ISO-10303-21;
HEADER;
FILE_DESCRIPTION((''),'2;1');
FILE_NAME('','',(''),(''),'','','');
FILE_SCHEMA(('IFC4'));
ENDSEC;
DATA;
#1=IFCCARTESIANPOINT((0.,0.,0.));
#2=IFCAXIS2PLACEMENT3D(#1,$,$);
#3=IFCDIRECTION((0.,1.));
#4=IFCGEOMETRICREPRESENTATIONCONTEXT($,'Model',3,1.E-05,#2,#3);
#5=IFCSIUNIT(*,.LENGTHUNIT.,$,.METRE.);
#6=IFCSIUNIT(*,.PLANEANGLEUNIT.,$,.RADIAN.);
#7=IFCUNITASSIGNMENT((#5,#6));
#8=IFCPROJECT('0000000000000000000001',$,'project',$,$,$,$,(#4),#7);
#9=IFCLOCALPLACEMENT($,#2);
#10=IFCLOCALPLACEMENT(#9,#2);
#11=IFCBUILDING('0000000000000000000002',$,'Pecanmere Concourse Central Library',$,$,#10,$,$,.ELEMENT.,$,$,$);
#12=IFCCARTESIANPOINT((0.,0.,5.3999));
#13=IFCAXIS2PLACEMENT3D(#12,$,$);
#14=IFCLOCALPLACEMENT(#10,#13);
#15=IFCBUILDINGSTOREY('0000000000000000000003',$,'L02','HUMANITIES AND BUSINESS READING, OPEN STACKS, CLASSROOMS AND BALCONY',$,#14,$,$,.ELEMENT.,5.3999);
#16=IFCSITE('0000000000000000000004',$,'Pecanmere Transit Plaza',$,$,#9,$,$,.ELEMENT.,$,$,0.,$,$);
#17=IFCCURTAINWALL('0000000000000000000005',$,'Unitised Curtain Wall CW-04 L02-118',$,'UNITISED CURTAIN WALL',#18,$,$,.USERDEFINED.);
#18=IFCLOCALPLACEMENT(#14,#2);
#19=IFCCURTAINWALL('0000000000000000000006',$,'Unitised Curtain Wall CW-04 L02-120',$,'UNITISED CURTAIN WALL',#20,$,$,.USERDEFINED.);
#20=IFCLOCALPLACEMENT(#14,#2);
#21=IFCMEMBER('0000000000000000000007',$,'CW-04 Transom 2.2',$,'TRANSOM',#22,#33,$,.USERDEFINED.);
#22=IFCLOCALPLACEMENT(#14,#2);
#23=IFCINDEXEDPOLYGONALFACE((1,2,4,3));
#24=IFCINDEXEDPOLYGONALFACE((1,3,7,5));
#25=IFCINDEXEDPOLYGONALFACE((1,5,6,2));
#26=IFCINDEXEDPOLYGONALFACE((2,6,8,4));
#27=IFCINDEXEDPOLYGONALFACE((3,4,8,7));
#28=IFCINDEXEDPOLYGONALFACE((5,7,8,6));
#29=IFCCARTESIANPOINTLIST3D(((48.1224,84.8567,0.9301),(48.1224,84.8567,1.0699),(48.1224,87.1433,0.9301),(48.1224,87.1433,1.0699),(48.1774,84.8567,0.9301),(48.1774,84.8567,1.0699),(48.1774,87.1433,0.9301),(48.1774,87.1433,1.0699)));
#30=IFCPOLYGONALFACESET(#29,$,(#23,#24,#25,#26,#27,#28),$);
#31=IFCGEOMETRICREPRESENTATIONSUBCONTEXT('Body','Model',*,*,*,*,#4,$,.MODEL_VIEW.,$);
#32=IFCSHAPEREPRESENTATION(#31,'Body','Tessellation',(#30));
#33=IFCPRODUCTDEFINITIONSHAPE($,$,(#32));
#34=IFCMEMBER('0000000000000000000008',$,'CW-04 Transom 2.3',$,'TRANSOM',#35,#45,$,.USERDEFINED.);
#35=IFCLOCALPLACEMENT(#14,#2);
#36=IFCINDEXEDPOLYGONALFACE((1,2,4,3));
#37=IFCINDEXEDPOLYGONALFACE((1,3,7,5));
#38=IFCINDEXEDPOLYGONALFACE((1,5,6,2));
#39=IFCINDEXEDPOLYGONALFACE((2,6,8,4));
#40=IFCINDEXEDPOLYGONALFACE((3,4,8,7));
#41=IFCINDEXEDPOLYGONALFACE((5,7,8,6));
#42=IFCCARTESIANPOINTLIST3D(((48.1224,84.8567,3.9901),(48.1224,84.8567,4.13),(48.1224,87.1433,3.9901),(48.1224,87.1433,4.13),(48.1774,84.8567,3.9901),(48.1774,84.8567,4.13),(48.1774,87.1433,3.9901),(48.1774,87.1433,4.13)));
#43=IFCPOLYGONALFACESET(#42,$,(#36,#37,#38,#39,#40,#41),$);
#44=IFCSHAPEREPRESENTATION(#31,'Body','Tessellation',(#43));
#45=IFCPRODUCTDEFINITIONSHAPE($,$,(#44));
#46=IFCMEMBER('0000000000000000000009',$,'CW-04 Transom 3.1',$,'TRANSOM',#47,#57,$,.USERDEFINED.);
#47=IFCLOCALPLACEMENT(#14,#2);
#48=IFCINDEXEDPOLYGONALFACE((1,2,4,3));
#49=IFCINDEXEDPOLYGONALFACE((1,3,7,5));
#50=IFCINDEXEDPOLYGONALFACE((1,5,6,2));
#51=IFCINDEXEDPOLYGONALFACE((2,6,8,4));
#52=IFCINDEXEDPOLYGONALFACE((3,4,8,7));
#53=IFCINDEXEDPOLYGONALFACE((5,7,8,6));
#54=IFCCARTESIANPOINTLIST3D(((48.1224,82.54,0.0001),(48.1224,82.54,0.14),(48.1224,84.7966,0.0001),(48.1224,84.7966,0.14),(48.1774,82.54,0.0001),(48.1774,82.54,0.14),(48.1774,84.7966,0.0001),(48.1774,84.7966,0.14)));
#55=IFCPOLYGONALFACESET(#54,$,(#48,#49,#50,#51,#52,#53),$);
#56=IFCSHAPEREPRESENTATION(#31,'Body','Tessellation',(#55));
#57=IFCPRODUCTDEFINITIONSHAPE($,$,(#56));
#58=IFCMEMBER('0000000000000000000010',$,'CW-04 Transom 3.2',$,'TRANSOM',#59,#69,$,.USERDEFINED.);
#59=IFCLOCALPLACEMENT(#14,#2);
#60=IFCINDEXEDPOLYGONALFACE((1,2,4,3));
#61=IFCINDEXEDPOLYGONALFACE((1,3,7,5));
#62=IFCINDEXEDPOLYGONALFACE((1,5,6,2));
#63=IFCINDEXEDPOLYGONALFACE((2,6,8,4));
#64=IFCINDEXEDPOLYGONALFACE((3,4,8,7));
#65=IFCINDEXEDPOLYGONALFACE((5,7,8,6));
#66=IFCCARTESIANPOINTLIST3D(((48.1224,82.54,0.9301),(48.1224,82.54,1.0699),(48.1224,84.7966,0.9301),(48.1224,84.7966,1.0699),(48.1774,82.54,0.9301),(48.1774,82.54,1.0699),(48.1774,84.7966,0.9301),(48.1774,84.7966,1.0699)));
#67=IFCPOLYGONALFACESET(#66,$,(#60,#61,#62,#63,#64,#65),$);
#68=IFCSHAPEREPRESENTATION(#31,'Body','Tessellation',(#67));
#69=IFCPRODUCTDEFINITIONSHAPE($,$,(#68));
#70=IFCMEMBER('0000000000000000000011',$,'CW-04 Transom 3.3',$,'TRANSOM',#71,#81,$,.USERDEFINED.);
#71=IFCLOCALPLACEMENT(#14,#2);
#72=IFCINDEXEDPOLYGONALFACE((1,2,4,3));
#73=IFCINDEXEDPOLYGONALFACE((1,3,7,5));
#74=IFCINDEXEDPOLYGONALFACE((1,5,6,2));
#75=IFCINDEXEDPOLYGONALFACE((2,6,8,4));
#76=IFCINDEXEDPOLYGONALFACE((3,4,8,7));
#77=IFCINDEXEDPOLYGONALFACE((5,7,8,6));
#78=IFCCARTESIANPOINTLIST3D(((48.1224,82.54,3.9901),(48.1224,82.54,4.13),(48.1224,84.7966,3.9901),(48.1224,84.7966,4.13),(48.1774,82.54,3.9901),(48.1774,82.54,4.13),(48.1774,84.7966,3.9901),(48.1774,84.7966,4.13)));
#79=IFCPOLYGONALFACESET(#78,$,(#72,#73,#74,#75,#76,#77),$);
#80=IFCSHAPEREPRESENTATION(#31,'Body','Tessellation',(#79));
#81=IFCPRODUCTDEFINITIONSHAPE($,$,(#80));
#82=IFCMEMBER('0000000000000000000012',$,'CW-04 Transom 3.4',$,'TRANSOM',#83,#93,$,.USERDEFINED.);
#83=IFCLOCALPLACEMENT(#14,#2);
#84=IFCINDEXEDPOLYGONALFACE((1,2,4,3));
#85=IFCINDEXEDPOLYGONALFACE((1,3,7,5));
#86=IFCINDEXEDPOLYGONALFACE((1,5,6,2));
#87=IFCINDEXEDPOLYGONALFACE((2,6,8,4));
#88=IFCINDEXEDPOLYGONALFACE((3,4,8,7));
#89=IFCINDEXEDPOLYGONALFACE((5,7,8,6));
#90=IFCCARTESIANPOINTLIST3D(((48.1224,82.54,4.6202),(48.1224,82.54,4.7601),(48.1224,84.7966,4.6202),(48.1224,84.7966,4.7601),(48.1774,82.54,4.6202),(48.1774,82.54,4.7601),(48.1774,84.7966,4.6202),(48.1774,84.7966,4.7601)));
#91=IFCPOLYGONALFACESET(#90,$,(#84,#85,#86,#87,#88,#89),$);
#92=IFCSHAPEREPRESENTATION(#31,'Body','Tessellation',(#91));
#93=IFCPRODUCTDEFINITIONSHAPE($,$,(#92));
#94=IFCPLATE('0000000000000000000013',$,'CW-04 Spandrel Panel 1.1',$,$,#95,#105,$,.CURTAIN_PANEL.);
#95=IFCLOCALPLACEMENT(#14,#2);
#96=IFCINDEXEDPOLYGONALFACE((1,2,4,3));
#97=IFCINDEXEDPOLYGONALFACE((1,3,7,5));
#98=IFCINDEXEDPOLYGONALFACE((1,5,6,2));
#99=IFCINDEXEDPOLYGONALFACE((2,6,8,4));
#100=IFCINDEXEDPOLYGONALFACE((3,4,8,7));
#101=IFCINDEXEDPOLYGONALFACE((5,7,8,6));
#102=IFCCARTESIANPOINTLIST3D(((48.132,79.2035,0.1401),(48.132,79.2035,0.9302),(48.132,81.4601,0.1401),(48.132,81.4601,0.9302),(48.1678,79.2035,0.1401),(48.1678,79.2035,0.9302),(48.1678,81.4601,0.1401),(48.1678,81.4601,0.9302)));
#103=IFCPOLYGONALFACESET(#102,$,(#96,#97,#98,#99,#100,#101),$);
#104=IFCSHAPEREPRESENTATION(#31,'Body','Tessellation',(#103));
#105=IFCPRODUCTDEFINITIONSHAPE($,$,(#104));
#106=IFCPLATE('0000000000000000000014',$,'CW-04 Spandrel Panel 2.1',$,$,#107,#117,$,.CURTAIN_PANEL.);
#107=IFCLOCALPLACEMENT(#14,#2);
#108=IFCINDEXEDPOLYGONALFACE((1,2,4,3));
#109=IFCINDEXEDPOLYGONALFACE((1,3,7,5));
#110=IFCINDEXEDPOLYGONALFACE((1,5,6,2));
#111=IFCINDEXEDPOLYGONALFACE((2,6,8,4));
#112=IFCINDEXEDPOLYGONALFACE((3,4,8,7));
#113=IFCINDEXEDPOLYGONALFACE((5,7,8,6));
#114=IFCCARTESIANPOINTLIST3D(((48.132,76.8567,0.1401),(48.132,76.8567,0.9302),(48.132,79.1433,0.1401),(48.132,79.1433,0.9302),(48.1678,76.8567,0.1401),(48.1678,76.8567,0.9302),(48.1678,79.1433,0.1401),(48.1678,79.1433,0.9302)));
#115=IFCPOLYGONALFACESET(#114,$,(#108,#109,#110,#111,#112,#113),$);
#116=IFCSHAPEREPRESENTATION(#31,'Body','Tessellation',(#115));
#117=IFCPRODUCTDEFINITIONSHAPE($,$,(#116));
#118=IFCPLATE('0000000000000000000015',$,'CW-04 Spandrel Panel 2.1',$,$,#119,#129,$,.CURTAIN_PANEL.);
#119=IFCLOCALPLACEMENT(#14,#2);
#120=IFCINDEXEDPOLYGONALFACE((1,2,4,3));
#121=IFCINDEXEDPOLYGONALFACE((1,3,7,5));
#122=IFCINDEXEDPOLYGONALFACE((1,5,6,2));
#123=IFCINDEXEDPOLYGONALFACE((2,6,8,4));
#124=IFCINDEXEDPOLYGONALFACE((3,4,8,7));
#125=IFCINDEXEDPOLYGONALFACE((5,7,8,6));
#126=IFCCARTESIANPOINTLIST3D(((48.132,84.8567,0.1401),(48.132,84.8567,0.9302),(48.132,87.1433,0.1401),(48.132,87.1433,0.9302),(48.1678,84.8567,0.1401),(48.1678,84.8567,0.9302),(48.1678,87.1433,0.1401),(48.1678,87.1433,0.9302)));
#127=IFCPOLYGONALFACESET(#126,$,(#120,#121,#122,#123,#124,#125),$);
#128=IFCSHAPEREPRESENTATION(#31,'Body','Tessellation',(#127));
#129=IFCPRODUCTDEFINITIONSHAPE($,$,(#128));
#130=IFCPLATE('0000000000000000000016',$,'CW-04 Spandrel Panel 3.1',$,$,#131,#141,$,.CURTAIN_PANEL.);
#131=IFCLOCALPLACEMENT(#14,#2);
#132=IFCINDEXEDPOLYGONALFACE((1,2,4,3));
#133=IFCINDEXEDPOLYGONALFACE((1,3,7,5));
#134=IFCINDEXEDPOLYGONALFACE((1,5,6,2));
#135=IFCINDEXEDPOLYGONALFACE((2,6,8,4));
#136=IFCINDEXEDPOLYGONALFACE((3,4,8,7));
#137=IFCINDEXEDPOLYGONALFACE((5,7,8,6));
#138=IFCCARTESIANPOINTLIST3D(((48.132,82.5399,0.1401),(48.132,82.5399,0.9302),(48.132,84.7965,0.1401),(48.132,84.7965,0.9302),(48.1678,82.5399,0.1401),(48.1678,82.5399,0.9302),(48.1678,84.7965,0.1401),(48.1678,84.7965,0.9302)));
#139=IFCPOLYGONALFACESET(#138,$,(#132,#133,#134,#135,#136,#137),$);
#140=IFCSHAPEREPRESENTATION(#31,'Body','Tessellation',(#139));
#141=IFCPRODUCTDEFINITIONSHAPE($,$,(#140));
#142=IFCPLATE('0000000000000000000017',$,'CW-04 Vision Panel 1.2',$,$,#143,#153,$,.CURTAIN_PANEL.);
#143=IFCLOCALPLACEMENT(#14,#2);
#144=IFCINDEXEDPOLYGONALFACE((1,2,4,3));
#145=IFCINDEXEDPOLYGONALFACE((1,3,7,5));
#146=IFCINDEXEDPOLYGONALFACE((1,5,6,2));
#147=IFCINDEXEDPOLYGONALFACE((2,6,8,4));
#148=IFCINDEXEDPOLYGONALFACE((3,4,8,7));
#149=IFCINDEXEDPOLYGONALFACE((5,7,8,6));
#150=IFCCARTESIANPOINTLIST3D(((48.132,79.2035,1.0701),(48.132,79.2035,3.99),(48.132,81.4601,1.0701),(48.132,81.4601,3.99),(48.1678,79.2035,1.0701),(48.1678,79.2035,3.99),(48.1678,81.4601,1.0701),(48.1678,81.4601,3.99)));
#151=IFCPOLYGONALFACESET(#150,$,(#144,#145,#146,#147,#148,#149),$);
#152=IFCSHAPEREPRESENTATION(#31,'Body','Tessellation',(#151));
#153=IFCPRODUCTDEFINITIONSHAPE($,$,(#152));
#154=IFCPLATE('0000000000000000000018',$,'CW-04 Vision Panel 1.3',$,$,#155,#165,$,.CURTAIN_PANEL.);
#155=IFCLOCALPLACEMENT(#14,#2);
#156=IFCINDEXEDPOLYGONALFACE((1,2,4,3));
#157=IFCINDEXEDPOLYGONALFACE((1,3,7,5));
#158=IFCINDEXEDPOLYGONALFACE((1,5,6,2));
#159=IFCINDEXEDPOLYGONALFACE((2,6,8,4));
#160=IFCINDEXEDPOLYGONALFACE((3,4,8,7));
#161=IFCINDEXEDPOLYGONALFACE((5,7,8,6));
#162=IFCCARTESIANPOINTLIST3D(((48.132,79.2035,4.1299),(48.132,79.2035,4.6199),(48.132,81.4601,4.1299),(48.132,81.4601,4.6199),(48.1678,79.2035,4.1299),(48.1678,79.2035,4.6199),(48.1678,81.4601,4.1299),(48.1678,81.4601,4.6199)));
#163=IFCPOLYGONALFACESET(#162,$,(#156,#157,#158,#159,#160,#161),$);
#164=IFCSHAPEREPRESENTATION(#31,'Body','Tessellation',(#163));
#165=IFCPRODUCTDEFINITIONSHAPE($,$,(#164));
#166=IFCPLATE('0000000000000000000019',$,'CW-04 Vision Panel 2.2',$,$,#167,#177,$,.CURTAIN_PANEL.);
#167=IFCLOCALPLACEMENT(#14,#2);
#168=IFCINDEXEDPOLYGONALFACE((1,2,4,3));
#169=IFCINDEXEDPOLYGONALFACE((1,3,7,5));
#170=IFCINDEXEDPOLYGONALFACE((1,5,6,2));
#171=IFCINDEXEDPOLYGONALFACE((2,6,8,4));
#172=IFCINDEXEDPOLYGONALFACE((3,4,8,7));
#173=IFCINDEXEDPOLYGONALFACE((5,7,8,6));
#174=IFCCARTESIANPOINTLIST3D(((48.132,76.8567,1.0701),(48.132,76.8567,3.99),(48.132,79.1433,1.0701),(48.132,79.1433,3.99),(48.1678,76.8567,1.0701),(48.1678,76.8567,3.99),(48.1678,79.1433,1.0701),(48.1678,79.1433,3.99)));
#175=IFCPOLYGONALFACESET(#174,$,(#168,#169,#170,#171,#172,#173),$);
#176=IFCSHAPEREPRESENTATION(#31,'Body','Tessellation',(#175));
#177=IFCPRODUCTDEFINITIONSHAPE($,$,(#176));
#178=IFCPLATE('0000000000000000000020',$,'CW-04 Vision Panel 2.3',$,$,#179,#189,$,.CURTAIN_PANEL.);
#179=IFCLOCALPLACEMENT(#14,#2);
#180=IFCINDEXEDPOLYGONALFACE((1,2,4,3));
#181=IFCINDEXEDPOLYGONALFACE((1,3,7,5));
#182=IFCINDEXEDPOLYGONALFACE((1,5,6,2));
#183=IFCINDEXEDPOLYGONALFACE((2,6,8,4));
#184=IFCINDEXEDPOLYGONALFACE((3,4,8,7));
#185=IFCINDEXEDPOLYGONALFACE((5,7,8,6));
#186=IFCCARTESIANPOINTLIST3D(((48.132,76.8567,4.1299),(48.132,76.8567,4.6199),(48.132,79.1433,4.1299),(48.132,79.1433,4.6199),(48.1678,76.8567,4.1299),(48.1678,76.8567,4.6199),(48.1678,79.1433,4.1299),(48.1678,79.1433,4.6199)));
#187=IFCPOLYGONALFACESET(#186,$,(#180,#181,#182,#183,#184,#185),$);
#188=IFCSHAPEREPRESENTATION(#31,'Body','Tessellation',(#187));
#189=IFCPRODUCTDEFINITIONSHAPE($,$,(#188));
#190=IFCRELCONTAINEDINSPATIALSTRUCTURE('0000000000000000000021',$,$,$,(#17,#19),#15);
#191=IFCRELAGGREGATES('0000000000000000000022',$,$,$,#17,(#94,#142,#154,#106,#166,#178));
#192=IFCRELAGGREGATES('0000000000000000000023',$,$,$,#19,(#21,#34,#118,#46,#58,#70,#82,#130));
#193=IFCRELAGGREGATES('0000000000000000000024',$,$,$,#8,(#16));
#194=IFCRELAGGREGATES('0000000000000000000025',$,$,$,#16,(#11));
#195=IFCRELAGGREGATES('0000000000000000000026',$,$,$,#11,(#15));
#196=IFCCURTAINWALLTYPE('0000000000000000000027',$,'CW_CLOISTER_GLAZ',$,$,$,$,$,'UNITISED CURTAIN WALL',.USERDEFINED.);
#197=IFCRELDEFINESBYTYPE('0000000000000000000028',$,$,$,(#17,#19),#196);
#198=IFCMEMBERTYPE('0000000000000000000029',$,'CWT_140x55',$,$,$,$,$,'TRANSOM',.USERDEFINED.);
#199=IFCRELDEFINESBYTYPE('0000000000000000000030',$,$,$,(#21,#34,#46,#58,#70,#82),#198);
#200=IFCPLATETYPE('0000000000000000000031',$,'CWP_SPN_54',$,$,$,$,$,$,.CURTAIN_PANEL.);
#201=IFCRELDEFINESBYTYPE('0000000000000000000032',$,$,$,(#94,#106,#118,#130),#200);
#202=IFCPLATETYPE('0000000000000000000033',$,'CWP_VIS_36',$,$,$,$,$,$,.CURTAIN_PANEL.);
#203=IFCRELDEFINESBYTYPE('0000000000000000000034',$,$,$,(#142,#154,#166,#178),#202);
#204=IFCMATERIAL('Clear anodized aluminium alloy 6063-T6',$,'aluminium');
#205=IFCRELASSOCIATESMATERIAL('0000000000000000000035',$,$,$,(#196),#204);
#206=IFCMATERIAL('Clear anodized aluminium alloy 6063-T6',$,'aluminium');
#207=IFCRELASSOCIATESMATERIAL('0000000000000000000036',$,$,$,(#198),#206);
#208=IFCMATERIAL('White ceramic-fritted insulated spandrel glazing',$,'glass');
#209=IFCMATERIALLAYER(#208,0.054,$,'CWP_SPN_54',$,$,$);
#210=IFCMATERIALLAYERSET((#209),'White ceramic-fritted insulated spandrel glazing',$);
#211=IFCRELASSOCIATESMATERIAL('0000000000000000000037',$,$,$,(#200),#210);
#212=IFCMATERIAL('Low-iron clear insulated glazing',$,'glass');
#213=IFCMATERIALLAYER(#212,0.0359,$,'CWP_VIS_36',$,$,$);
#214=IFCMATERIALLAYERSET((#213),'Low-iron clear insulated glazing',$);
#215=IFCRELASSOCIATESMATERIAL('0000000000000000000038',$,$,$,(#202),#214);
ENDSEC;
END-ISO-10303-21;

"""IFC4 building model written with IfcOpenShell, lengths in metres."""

from ifc_helpers import new_model, si_unit, direction, frame, origin, origin_2d, place, context, subcontext, project, spatial, rectangle, extrude, material, layer, layer_set, material_profile, profile_set, type_object, element, aggregate, save


model = new_model("IFC4")

# Units and contexts
model_context = context("Model", 3, precision=1e-05, world=origin(), true_north=direction((0.0, 1.0)))
body_context = subcontext(model_context, "Body", "Model", "MODEL_VIEW")
ifc_project = project(units=[si_unit("LENGTHUNIT", "METRE"), si_unit("PLANEANGLEUNIT", "RADIAN")], contexts=[model_context])

# Site, building, storey
site_placement = place(None, origin())
site = spatial("IfcSite", under=ifc_project, at=site_placement, Name="Pecanmere Transit Plaza", CompositionType="ELEMENT", RefElevation=0.0)
building_placement = place(site_placement, origin())
building = spatial("IfcBuilding", under=site, at=building_placement, Name="Pecanmere Concourse Central Library", CompositionType="ELEMENT")
storey_placement = place(building_placement, frame((0.0, 0.0, 5.3999)))
storey = spatial("IfcBuildingStorey", under=building, at=storey_placement, Name="L02", Description="HUMANITIES AND BUSINESS READING, OPEN STACKS, CLASSROOMS AND BALCONY", CompositionType="ELEMENT", Elevation=5.3999)

# Curtain walls
ifc_material_1 = material(Name="Clear anodized aluminium alloy 6063-T6", Category="aluminium")
curtain_wall_type = type_object("IfcCurtainWallType", Name="CW_CLOISTER_GLAZ", ElementType="UNITISED CURTAIN WALL", PredefinedType="USERDEFINED", material=ifc_material_1)
curtain_wall_1_placement = place(storey_placement, origin())
curtain_wall_1 = element("IfcCurtainWall", 1, at=curtain_wall_1_placement, inside=storey, type_object=curtain_wall_type, Name="Unitised Curtain Wall CW-04 L02-118", ObjectType="UNITISED CURTAIN WALL", PredefinedType="USERDEFINED")
curtain_wall_2_placement = place(storey_placement, origin())
curtain_wall_2 = element("IfcCurtainWall", 2, at=curtain_wall_2_placement, inside=storey, type_object=curtain_wall_type, Name="Unitised Curtain Wall CW-04 L02-120", ObjectType="UNITISED CURTAIN WALL", PredefinedType="USERDEFINED")

# Members
ifc_material_2 = material(Name="Clear anodized aluminium alloy 6063-T6", Category="aluminium")
ifc_material_profile_1 = material_profile(ifc_material_2, rectangle(XDim=0.0549, YDim=0.1399, at=origin_2d()), Name="AL 55x140")
ifc_profile_set_1 = profile_set([ifc_material_profile_1], Name="Clear anodized aluminium alloy 6063-T6")
member_type_1 = type_object("IfcMemberType", Name="CWT_140x55", ElementType="TRANSOM", PredefinedType="USERDEFINED", material=ifc_profile_set_1)
member_1_placement = place(storey_placement, frame((48.1499, 87.1433, 1.0), z_axis=(0.0, -1.0, 0.0), x_axis=(1.0, 0.0, 0.0)))
member_1 = element("IfcMember", 3, at=member_1_placement, type_object=member_type_1, Name="CW-04 Transom 2.2", ObjectType="TRANSOM", PredefinedType="USERDEFINED", context=body_context, shape_type="SweptSolid", body=[
    extrude(rectangle(XDim=0.0549, YDim=0.1399, at=origin_2d()), origin(), (0.0, 0.0, 1.0), 2.2866),
])
member_2_placement = place(storey_placement, frame((48.1499, 87.1433, 4.0601), z_axis=(0.0, -1.0, 0.0), x_axis=(1.0, 0.0, 0.0)))
member_2 = element("IfcMember", 4, at=member_2_placement, type_object=member_type_1, Name="CW-04 Transom 2.3", ObjectType="TRANSOM", PredefinedType="USERDEFINED", context=body_context, shape_type="SweptSolid", body=[
    extrude(rectangle(XDim=0.0549, YDim=0.1399, at=origin_2d()), origin(), (0.0, 0.0, 1.0), 2.2866),
])
member_3_placement = place(storey_placement, frame((48.1499, 84.7966, 0.0701), z_axis=(0.0, -1.0, 0.0), x_axis=(1.0, 0.0, 0.0)))
member_3 = element("IfcMember", 5, at=member_3_placement, type_object=member_type_1, Name="CW-04 Transom 3.1", ObjectType="TRANSOM", PredefinedType="USERDEFINED", context=body_context, shape_type="SweptSolid", body=[
    extrude(rectangle(XDim=0.0549, YDim=0.1399, at=origin_2d()), origin(), (0.0, 0.0, 1.0), 2.2566),
])
member_4_placement = place(storey_placement, frame((48.1499, 84.7966, 1.0), z_axis=(0.0, -1.0, 0.0), x_axis=(1.0, 0.0, 0.0)))
member_4 = element("IfcMember", 6, at=member_4_placement, type_object=member_type_1, Name="CW-04 Transom 3.2", ObjectType="TRANSOM", PredefinedType="USERDEFINED", context=body_context, shape_type="SweptSolid", body=[
    extrude(rectangle(XDim=0.0549, YDim=0.1399, at=origin_2d()), origin(), (0.0, 0.0, 1.0), 2.2566),
])
member_5_placement = place(storey_placement, frame((48.1499, 84.7966, 4.0601), z_axis=(0.0, -1.0, 0.0), x_axis=(1.0, 0.0, 0.0)))
member_5 = element("IfcMember", 7, at=member_5_placement, type_object=member_type_1, Name="CW-04 Transom 3.3", ObjectType="TRANSOM", PredefinedType="USERDEFINED", context=body_context, shape_type="SweptSolid", body=[
    extrude(rectangle(XDim=0.0549, YDim=0.1399, at=origin_2d()), origin(), (0.0, 0.0, 1.0), 2.2566),
])
member_6_placement = place(storey_placement, frame((48.1499, 84.7966, 4.6902), z_axis=(0.0, -1.0, 0.0), x_axis=(1.0, 0.0, 0.0)))
member_6 = element("IfcMember", 8, at=member_6_placement, type_object=member_type_1, Name="CW-04 Transom 3.4", ObjectType="TRANSOM", PredefinedType="USERDEFINED", context=body_context, shape_type="SweptSolid", body=[
    extrude(rectangle(XDim=0.0549, YDim=0.1399, at=origin_2d()), origin(), (0.0, 0.0, 1.0), 2.2566),
])

# Plates
ifc_material_3 = material(Name="White ceramic-fritted insulated spandrel glazing", Category="glass")
ifc_layer_1 = layer(ifc_material_3, 0.054, Name="CWP_SPN_54")
ifc_layer_set_1 = layer_set([ifc_layer_1], Name="White ceramic-fritted insulated spandrel glazing")
plate_type_1 = type_object("IfcPlateType", Name="CWP_SPN_54", PredefinedType="CURTAIN_PANEL", material=ifc_layer_set_1)
plate_1_placement = place(storey_placement, frame((48.1499, 80.3318, 0.1401), z_axis=(0.0, 0.0, 1.0), x_axis=(0.0, -1.0, 0.0)))
plate_1 = element("IfcPlate", 9, at=plate_1_placement, type_object=plate_type_1, Name="CW-04 Spandrel Panel 1.1", PredefinedType="CURTAIN_PANEL", context=body_context, shape_type="SweptSolid", body=[
    extrude(rectangle(XDim=2.2566, YDim=0.0359, at=origin_2d()), origin(), (0.0, 0.0, 1.0), 0.79),
])
plate_2_placement = place(storey_placement, frame((48.1499, 78.0, 0.1401), z_axis=(0.0, 0.0, 1.0), x_axis=(0.0, -1.0, 0.0)))
plate_2 = element("IfcPlate", 10, at=plate_2_placement, type_object=plate_type_1, Name="CW-04 Spandrel Panel 2.1", PredefinedType="CURTAIN_PANEL", context=body_context, shape_type="SweptSolid", body=[
    extrude(rectangle(XDim=2.2866, YDim=0.0359, at=origin_2d()), origin(), (0.0, 0.0, 1.0), 0.79),
])
plate_3_placement = place(storey_placement, frame((48.1499, 86.0, 0.1401), z_axis=(0.0, 0.0, 1.0), x_axis=(0.0, -1.0, 0.0)))
plate_3 = element("IfcPlate", 11, at=plate_3_placement, type_object=plate_type_1, Name="CW-04 Spandrel Panel 2.1", PredefinedType="CURTAIN_PANEL", context=body_context, shape_type="SweptSolid", body=[
    extrude(rectangle(XDim=2.2866, YDim=0.0359, at=origin_2d()), origin(), (0.0, 0.0, 1.0), 0.79),
])
plate_4_placement = place(storey_placement, frame((48.1499, 83.6682, 0.1401), z_axis=(0.0, 0.0, 1.0), x_axis=(0.0, -1.0, 0.0)))
plate_4 = element("IfcPlate", 12, at=plate_4_placement, type_object=plate_type_1, Name="CW-04 Spandrel Panel 3.1", PredefinedType="CURTAIN_PANEL", context=body_context, shape_type="SweptSolid", body=[
    extrude(rectangle(XDim=2.2566, YDim=0.0359, at=origin_2d()), origin(), (0.0, 0.0, 1.0), 0.79),
])
ifc_material_4 = material(Name="Low-iron clear insulated glazing", Category="glass")
ifc_layer_2 = layer(ifc_material_4, 0.0359, Name="CWP_VIS_36")
ifc_layer_set_2 = layer_set([ifc_layer_2], Name="Low-iron clear insulated glazing")
plate_type_2 = type_object("IfcPlateType", Name="CWP_VIS_36", PredefinedType="CURTAIN_PANEL", material=ifc_layer_set_2)
plate_5_placement = place(storey_placement, frame((48.1499, 80.3318, 1.0701), z_axis=(0.0, 0.0, 1.0), x_axis=(0.0, -1.0, 0.0)))
plate_5 = element("IfcPlate", 13, at=plate_5_placement, type_object=plate_type_2, Name="CW-04 Vision Panel 1.2", PredefinedType="CURTAIN_PANEL", context=body_context, shape_type="SweptSolid", body=[
    extrude(rectangle(XDim=2.2566, YDim=0.0359, at=origin_2d()), origin(), (0.0, 0.0, 1.0), 2.9199),
])
plate_6_placement = place(storey_placement, frame((48.1499, 80.3318, 4.1299), z_axis=(0.0, 0.0, 1.0), x_axis=(0.0, -1.0, 0.0)))
plate_6 = element("IfcPlate", 14, at=plate_6_placement, type_object=plate_type_2, Name="CW-04 Vision Panel 1.3", PredefinedType="CURTAIN_PANEL", context=body_context, shape_type="SweptSolid", body=[
    extrude(rectangle(XDim=2.2566, YDim=0.0359, at=origin_2d()), origin(), (0.0, 0.0, 1.0), 0.49),
])
plate_7_placement = place(storey_placement, frame((48.1499, 78.0, 1.0701), z_axis=(0.0, 0.0, 1.0), x_axis=(0.0, -1.0, 0.0)))
plate_7 = element("IfcPlate", 15, at=plate_7_placement, type_object=plate_type_2, Name="CW-04 Vision Panel 2.2", PredefinedType="CURTAIN_PANEL", context=body_context, shape_type="SweptSolid", body=[
    extrude(rectangle(XDim=2.2866, YDim=0.0359, at=origin_2d()), origin(), (0.0, 0.0, 1.0), 2.9199),
])
plate_8_placement = place(storey_placement, frame((48.1499, 78.0, 4.1299), z_axis=(0.0, 0.0, 1.0), x_axis=(0.0, -1.0, 0.0)))
plate_8 = element("IfcPlate", 16, at=plate_8_placement, type_object=plate_type_2, Name="CW-04 Vision Panel 2.3", PredefinedType="CURTAIN_PANEL", context=body_context, shape_type="SweptSolid", body=[
    extrude(rectangle(XDim=2.2866, YDim=0.0359, at=origin_2d()), origin(), (0.0, 0.0, 1.0), 0.49),
])
aggregate(curtain_wall_1, [plate_1, plate_5, plate_6, plate_2, plate_7, plate_8])
aggregate(curtain_wall_2, [member_1, member_2, plate_3, member_3, member_4, member_5, member_6, plate_4])

save(model, "model.ifc")
